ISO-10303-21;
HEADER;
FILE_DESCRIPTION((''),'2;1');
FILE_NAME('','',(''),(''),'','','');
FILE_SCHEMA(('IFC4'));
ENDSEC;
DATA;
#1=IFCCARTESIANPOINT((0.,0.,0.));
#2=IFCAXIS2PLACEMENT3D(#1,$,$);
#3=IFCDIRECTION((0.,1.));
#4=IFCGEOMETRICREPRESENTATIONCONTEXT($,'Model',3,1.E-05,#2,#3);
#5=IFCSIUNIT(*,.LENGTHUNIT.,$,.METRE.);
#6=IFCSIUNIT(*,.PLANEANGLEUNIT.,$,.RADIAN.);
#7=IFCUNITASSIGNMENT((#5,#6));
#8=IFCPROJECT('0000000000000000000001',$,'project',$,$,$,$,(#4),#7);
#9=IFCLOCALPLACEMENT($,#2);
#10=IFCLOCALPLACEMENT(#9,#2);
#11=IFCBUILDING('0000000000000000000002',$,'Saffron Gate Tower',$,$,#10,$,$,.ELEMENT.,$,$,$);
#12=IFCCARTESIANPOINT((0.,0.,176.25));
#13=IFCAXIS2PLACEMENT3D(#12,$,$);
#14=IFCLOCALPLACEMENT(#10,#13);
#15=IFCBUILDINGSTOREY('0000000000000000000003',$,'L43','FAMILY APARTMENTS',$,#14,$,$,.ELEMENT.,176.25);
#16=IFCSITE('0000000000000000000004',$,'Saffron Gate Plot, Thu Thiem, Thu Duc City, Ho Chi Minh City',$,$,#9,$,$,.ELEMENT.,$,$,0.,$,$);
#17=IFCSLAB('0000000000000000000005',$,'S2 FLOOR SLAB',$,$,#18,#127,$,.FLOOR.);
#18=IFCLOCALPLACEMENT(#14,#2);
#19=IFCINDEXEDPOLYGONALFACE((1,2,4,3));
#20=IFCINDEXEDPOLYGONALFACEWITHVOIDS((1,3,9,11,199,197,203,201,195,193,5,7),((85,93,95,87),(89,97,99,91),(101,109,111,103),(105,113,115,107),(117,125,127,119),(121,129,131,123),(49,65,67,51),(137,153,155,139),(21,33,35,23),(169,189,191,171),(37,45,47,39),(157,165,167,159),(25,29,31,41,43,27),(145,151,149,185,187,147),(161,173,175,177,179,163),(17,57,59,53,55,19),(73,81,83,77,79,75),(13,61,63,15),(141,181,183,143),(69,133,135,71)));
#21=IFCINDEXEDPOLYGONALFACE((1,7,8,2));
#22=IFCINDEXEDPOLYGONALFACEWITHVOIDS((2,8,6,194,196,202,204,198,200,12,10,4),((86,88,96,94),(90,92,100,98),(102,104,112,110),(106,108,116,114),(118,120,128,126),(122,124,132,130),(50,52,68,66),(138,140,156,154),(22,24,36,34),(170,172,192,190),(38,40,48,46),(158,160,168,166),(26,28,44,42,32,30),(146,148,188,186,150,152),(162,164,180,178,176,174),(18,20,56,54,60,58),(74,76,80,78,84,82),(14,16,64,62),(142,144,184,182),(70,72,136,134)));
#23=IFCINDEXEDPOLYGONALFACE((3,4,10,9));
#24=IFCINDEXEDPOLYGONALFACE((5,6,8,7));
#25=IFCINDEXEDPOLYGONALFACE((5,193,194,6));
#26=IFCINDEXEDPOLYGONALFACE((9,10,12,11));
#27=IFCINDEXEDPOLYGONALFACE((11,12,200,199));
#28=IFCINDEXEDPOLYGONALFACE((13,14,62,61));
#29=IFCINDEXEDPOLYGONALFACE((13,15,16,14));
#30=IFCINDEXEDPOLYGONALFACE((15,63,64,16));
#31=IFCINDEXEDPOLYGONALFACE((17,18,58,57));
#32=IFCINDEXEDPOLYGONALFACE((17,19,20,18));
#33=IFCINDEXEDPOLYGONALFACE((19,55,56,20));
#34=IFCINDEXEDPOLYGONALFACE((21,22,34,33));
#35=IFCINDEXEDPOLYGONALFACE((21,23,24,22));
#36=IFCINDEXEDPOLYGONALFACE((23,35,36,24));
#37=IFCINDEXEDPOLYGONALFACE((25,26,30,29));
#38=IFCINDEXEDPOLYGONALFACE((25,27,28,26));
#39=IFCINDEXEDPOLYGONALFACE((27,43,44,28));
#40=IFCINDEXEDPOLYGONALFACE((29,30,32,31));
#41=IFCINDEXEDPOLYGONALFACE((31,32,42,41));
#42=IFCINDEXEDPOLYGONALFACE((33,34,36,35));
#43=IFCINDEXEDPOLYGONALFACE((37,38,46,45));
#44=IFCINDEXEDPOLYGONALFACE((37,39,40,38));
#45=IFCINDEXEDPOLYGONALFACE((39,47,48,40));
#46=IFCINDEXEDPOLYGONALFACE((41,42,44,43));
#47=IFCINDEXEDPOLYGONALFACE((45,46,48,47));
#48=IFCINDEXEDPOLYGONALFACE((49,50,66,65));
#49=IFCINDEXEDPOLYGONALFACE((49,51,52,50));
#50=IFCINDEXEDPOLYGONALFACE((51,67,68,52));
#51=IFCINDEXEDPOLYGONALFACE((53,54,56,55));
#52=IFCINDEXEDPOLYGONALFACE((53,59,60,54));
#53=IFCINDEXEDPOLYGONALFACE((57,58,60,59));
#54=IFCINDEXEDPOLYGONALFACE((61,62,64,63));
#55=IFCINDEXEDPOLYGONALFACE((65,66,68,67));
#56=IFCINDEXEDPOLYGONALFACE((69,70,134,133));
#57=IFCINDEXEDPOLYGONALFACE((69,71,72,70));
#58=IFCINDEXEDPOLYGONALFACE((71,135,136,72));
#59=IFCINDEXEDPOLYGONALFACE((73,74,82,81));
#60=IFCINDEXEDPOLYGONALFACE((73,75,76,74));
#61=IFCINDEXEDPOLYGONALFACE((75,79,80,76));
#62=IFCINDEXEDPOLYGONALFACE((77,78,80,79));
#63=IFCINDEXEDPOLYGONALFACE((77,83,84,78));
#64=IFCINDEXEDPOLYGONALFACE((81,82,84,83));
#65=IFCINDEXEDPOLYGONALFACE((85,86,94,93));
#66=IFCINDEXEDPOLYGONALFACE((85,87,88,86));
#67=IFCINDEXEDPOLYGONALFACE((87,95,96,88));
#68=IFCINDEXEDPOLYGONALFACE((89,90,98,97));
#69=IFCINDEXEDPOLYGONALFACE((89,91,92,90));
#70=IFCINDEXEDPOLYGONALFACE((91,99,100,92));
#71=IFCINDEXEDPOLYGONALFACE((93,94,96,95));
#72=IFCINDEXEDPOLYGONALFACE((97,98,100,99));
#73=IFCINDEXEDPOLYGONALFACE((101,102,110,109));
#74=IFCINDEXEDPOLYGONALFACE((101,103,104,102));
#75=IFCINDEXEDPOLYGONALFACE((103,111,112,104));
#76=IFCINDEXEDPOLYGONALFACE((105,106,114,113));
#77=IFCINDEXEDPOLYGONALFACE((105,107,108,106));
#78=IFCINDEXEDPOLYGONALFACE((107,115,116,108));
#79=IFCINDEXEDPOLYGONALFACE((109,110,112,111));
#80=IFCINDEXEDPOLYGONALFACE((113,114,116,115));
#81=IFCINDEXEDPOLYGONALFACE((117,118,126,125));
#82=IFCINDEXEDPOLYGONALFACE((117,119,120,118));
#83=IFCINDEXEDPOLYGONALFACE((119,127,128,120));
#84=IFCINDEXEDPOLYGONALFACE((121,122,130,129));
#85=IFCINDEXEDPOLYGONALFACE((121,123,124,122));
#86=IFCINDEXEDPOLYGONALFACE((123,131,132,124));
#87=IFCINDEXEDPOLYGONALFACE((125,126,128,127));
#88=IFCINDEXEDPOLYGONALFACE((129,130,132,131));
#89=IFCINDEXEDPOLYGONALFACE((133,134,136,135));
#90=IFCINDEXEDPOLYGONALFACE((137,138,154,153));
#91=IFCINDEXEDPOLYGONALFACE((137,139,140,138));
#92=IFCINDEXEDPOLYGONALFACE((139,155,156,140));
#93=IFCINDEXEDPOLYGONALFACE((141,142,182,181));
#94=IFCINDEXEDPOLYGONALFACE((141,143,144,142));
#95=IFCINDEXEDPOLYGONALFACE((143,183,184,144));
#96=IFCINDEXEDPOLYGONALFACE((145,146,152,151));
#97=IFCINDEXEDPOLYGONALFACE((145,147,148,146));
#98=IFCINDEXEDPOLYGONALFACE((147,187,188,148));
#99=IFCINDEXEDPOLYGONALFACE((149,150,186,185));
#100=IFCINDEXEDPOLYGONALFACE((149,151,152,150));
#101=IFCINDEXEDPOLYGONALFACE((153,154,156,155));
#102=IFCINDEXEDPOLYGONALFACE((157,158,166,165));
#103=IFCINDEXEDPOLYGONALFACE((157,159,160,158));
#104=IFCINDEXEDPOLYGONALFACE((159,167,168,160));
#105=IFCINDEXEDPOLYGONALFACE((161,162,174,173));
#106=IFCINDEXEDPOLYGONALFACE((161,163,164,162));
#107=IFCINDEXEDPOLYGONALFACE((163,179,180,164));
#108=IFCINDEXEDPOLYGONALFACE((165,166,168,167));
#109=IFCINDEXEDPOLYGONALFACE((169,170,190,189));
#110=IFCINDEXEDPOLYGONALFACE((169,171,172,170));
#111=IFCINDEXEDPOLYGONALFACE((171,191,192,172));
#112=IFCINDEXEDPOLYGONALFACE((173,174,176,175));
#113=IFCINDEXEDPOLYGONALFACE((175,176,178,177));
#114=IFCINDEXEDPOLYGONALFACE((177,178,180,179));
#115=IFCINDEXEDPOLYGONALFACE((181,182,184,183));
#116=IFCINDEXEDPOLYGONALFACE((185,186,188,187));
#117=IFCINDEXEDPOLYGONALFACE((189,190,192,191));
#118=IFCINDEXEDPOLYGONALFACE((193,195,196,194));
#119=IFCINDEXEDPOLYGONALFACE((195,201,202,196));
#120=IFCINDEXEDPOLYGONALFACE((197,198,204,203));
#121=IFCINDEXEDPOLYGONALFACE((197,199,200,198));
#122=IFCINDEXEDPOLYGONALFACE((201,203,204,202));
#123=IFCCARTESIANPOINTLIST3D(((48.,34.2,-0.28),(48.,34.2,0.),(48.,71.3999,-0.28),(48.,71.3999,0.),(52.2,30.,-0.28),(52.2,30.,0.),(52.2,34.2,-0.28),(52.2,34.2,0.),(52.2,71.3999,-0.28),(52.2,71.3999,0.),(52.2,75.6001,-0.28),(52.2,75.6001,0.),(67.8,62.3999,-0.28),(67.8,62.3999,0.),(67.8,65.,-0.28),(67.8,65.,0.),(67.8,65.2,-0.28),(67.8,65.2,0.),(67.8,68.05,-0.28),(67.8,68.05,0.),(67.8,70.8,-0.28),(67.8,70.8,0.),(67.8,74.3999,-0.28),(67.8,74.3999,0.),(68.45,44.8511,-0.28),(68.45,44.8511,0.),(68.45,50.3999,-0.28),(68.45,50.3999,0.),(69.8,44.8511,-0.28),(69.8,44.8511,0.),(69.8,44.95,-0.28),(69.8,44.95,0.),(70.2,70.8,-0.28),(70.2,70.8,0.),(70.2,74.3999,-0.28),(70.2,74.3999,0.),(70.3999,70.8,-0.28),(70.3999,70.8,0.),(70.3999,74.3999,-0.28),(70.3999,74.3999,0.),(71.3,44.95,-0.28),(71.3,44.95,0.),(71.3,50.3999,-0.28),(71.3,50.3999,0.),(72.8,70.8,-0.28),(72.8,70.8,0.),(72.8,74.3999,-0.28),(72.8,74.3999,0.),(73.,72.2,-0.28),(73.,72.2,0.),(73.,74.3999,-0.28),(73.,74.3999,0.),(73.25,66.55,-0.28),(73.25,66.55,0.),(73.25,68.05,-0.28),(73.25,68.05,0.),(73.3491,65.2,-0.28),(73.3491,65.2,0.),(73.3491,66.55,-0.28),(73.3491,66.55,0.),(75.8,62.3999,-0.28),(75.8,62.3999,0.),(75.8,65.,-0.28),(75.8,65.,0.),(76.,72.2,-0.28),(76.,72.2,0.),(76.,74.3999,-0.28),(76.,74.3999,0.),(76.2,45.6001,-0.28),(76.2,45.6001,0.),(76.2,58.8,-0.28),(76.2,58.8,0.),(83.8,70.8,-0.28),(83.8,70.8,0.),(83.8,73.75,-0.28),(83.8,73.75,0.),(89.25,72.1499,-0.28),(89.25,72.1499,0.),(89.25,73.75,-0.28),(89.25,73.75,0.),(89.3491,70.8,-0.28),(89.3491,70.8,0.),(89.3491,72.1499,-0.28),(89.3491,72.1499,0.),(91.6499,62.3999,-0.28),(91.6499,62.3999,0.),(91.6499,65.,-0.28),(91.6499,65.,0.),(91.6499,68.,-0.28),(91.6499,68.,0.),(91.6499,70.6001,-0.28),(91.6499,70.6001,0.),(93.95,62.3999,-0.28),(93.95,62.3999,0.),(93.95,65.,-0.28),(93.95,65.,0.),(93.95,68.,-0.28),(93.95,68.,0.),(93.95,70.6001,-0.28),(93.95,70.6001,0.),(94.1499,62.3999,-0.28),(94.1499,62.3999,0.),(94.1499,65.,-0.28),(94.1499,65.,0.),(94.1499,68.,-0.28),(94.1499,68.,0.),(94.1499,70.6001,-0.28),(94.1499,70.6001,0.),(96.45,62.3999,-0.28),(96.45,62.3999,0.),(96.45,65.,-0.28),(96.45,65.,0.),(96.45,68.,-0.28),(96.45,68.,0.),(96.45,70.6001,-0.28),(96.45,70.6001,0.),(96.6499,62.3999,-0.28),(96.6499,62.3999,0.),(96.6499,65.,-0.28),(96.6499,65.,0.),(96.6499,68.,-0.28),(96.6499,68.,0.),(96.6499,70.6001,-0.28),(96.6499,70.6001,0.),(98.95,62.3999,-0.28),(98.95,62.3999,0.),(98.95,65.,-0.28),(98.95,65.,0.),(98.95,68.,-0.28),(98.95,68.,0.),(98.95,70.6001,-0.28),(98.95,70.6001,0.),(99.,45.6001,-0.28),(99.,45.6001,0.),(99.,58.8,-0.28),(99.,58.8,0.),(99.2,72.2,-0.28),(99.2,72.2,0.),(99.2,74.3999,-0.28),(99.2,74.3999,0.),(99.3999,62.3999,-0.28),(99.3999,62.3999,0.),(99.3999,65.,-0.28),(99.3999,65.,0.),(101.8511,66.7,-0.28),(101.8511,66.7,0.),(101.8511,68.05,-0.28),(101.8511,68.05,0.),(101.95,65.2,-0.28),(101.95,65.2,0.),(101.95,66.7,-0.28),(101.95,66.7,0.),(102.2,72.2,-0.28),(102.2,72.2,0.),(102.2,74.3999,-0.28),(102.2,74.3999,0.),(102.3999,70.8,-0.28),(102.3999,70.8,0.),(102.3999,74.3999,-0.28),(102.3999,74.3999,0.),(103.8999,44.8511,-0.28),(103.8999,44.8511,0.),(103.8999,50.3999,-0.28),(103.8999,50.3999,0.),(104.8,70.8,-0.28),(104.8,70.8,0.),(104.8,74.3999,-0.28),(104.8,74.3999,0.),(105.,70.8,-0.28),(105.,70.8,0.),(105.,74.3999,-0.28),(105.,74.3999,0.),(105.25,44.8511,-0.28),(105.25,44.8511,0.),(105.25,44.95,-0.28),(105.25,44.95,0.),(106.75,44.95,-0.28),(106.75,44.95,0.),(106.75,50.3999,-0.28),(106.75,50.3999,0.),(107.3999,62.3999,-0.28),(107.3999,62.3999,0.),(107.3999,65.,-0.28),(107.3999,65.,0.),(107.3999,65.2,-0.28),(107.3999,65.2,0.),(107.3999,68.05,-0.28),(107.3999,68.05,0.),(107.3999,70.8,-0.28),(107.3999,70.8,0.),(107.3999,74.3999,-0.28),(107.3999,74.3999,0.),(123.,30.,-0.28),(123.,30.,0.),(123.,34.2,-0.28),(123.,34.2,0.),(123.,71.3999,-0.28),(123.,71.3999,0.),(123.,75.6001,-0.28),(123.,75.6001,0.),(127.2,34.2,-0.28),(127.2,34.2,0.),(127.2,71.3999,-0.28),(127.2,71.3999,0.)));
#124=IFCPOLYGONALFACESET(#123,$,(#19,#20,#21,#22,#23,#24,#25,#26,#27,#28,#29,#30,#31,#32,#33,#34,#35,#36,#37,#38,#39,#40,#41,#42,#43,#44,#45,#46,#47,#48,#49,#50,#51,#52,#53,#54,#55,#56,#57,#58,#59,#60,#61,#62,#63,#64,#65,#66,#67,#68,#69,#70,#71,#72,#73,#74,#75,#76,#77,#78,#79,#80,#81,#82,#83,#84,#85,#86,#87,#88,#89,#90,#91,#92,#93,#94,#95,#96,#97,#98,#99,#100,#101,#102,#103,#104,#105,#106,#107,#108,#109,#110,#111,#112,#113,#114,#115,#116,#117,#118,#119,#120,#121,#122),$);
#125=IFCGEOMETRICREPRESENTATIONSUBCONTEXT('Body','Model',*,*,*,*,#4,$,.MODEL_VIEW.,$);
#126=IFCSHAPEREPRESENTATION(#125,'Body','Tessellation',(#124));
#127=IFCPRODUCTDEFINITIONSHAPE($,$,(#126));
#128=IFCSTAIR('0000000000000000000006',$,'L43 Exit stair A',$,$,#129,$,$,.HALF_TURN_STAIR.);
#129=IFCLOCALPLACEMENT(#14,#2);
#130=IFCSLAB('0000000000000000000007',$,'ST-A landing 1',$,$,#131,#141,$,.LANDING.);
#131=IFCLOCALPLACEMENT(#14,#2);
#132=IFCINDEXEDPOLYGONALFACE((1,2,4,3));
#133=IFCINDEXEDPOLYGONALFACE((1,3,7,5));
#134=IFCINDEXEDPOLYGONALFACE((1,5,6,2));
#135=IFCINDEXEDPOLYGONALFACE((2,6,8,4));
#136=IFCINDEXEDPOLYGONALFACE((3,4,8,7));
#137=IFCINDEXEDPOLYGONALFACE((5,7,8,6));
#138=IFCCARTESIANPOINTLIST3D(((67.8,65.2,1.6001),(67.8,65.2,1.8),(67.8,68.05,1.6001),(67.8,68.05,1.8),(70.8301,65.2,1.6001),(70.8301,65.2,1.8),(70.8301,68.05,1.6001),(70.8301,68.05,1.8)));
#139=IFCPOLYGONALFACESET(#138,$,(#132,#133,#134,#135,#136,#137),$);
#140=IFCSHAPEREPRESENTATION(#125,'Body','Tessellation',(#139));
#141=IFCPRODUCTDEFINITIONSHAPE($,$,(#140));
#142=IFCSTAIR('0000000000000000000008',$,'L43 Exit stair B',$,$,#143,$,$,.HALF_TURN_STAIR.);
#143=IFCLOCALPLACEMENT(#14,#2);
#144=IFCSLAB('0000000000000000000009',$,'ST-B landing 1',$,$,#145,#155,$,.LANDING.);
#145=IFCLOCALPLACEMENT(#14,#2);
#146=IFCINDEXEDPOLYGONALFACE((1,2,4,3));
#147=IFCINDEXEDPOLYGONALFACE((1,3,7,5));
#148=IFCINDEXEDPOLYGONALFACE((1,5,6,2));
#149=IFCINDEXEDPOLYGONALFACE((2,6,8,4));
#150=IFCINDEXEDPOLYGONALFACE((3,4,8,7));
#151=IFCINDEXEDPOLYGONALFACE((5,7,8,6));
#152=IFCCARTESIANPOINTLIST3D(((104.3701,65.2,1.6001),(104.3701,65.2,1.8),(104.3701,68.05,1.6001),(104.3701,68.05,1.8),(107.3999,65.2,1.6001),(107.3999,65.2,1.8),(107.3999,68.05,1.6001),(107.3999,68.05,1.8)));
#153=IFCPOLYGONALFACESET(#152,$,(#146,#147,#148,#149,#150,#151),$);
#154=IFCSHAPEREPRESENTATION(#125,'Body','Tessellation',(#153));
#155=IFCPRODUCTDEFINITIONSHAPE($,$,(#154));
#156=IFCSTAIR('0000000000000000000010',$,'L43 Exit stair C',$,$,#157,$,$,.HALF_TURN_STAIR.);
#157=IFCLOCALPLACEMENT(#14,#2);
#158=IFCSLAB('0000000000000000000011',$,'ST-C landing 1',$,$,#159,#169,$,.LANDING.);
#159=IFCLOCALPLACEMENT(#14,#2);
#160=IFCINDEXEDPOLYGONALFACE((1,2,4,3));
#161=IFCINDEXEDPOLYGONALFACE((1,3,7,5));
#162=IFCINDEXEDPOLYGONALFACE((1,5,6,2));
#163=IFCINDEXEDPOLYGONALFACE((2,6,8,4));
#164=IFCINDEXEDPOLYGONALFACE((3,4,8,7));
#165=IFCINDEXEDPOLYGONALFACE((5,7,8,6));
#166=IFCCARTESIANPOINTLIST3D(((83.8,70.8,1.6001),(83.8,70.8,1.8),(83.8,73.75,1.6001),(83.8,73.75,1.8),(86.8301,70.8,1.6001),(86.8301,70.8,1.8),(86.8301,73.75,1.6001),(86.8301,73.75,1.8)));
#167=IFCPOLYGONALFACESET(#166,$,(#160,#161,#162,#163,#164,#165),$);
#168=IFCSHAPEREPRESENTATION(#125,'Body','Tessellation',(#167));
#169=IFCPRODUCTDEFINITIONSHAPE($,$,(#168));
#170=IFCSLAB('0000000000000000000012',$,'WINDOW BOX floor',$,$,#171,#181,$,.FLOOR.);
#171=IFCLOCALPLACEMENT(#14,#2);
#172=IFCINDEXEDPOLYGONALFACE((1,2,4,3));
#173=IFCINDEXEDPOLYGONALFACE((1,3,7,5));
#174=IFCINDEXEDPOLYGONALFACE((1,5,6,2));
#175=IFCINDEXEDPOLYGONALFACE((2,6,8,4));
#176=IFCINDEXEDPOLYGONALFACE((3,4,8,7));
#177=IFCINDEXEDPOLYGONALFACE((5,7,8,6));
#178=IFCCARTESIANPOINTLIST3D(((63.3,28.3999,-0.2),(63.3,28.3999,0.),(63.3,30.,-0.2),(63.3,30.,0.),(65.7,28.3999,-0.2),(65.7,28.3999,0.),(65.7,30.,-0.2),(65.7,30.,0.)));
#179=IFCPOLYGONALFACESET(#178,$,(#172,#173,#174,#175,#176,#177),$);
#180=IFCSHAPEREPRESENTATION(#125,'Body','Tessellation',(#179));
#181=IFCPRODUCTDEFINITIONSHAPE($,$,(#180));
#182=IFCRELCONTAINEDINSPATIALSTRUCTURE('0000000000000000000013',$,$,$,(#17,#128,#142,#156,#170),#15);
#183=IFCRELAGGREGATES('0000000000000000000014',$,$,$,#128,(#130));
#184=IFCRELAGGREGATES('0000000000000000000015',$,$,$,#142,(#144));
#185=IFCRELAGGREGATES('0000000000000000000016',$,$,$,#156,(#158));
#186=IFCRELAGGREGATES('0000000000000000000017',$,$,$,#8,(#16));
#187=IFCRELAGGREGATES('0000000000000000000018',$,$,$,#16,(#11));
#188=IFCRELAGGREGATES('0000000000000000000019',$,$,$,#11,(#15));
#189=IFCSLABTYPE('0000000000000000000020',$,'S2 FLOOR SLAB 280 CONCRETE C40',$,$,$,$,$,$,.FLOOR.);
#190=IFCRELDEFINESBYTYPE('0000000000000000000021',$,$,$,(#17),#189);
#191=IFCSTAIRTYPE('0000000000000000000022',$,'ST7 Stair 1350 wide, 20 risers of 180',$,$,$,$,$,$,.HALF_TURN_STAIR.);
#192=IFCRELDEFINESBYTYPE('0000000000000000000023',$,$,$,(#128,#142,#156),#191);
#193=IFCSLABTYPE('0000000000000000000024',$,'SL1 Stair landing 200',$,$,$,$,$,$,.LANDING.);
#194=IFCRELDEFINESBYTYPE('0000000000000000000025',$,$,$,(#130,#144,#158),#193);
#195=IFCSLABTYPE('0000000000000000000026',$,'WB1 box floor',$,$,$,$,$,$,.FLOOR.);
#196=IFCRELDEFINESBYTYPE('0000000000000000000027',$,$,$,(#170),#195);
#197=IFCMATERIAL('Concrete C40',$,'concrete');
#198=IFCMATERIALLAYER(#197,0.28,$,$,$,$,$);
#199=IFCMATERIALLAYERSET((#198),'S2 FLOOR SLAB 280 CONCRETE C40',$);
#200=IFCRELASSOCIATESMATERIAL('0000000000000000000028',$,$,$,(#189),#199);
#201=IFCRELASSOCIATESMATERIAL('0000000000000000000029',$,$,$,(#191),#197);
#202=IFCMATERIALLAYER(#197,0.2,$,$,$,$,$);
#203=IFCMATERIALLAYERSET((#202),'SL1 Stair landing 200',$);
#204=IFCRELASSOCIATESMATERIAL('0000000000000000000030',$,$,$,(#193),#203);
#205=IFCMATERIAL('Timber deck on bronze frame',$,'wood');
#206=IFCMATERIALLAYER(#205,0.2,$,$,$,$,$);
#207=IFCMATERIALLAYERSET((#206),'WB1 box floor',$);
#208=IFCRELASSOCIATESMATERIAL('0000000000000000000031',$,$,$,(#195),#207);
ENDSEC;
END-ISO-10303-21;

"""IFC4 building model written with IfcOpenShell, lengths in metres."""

from ifc_helpers import new_model, si_unit, direction, frame, origin, place, context, subcontext, project, spatial, polyline, outline, extrude, material, layer, layer_set, type_object, element, aggregate, save


model = new_model("IFC4")

# Units and contexts
model_context = context("Model", 3, precision=1e-05, world=origin(), true_north=direction((0.0, 1.0)))
body_context = subcontext(model_context, "Body", "Model", "MODEL_VIEW")
ifc_project = project(units=[si_unit("LENGTHUNIT", "METRE"), si_unit("PLANEANGLEUNIT", "RADIAN")], contexts=[model_context])

# Site, building, storey
site_placement = place(None, origin())
site = spatial("IfcSite", under=ifc_project, at=site_placement, Name="Saffron Gate Plot, Thu Thiem, Thu Duc City, Ho Chi Minh City", CompositionType="ELEMENT", RefElevation=0.0)
building_placement = place(site_placement, origin())
building = spatial("IfcBuilding", under=site, at=building_placement, Name="Saffron Gate Tower", CompositionType="ELEMENT")
storey_placement = place(building_placement, frame((0.0, 0.0, 176.25)))
storey = spatial("IfcBuildingStorey", under=building, at=storey_placement, Name="L43", Description="FAMILY APARTMENTS", CompositionType="ELEMENT", Elevation=176.25)

# Slab
ifc_material_1 = material(Name="Concrete C40", Category="concrete")
ifc_layer_1 = layer(ifc_material_1, 0.28)
ifc_layer_set_1 = layer_set([ifc_layer_1], Name="S2 FLOOR SLAB 280 CONCRETE C40")
slab_type_1 = type_object("IfcSlabType", Name="S2 FLOOR SLAB 280 CONCRETE C40", PredefinedType="FLOOR", material=ifc_layer_set_1)
slab_1_placement = place(storey_placement, frame((0.0, 0.0, -0.28)))
element("IfcSlab", 1, at=slab_1_placement, inside=storey, type_object=slab_type_1, Name="S2 FLOOR SLAB", PredefinedType="FLOOR", context=body_context, shape_type="SweptSolid", body=[
    extrude(outline(polyline([(48.0, 34.2), (52.2, 34.2), (52.2, 30.0), (123.0, 30.0), (123.0, 34.2), (127.2, 34.2), (127.2, 71.3999), (123.0, 71.3999), (123.0, 75.6001), (52.2, 75.6001), (52.2, 71.3999), (48.0, 71.3999), (48.0, 34.2)]), holes=[polyline([(67.8, 62.3999), (67.8, 65.0), (75.8, 65.0), (75.8, 62.3999), (67.8, 62.3999)]), polyline([(67.8, 65.2), (67.8, 68.05), (73.25, 68.05), (73.25, 66.55), (73.3491, 66.55), (73.3491, 65.2), (67.8, 65.2)]), polyline([(67.8, 70.8), (67.8, 74.3999), (70.2, 74.3999), (70.2, 70.8), (67.8, 70.8)]), polyline([(68.45, 44.8511), (68.45, 50.3999), (71.3, 50.3999), (71.3, 44.95), (69.8, 44.95), (69.8, 44.8511), (68.45, 44.8511)]), polyline([(70.3999, 70.8), (70.3999, 74.3999), (72.8, 74.3999), (72.8, 70.8), (70.3999, 70.8)]), polyline([(73.0, 72.2), (73.0, 74.3999), (76.0, 74.3999), (76.0, 72.2), (73.0, 72.2)]), polyline([(76.2, 45.6001), (76.2, 58.8), (99.0, 58.8), (99.0, 45.6001), (76.2, 45.6001)]), polyline([(83.8, 70.8), (83.8, 73.75), (89.25, 73.75), (89.25, 72.1499), (89.3491, 72.1499), (89.3491, 70.8), (83.8, 70.8)]), polyline([(91.6499, 62.3999), (91.6499, 65.0), (93.95, 65.0), (93.95, 62.3999), (91.6499, 62.3999)]), polyline([(91.6499, 68.0), (91.6499, 70.6001), (93.95, 70.6001), (93.95, 68.0), (91.6499, 68.0)]), polyline([(94.1499, 62.3999), (94.1499, 65.0), (96.45, 65.0), (96.45, 62.3999), (94.1499, 62.3999)]), polyline([(94.1499, 68.0), (94.1499, 70.6001), (96.45, 70.6001), (96.45, 68.0), (94.1499, 68.0)]), polyline([(96.6499, 62.3999), (96.6499, 65.0), (98.95, 65.0), (98.95, 62.3999), (96.6499, 62.3999)]), polyline([(96.6499, 68.0), (96.6499, 70.6001), (98.95, 70.6001), (98.95, 68.0), (96.6499, 68.0)]), polyline([(99.2, 72.2), (99.2, 74.3999), (102.2, 74.3999), (102.2, 72.2), (99.2, 72.2)]), polyline([(99.3999, 62.3999), (99.3999, 65.0), (107.3999, 65.0), (107.3999, 62.3999), (99.3999, 62.3999)]), polyline([(101.8511, 66.7), (101.8511, 68.05), (107.3999, 68.05), (107.3999, 65.2), (101.95, 65.2), (101.95, 66.7), (101.8511, 66.7)]), polyline([(102.3999, 70.8), (102.3999, 74.3999), (104.8, 74.3999), (104.8, 70.8), (102.3999, 70.8)]), polyline([(103.8999, 44.8511), (103.8999, 50.3999), (106.75, 50.3999), (106.75, 44.95), (105.25, 44.95), (105.25, 44.8511), (103.8999, 44.8511)]), polyline([(105.0, 70.8), (105.0, 74.3999), (107.3999, 74.3999), (107.3999, 70.8), (105.0, 70.8)])]), origin(), (0.0, 0.0, 1.0), 0.28),
])

# Stairs, slabs
stair_type = type_object("IfcStairType", Name="ST7 Stair 1350 wide, 20 risers of 180", PredefinedType="HALF_TURN_STAIR", material=ifc_material_1)
stair_1_placement = place(storey_placement, origin())
stair_1 = element("IfcStair", 2, at=stair_1_placement, inside=storey, type_object=stair_type, Name="L43 Exit stair A", PredefinedType="HALF_TURN_STAIR")
ifc_layer_2 = layer(ifc_material_1, 0.2)
ifc_layer_set_2 = layer_set([ifc_layer_2], Name="SL1 Stair landing 200")
slab_type_2 = type_object("IfcSlabType", Name="SL1 Stair landing 200", PredefinedType="LANDING", material=ifc_layer_set_2)
slab_2_placement = place(storey_placement, frame((0.0, 0.0, 1.6001)))
slab_2 = element("IfcSlab", 3, at=slab_2_placement, type_object=slab_type_2, Name="ST-A landing 1", PredefinedType="LANDING", context=body_context, shape_type="SweptSolid", body=[
    extrude(outline(polyline([(70.8301, 68.05), (67.8, 68.05), (67.8, 65.2), (70.8301, 65.2), (70.8301, 68.05)])), origin(), (0.0, 0.0, 1.0), 0.2),
])
aggregate(stair_1, [slab_2])
stair_2_placement = place(storey_placement, origin())
stair_2 = element("IfcStair", 4, at=stair_2_placement, inside=storey, type_object=stair_type, Name="L43 Exit stair B", PredefinedType="HALF_TURN_STAIR")
slab_3_placement = place(storey_placement, frame((0.0, 0.0, 1.6001)))
slab_3 = element("IfcSlab", 5, at=slab_3_placement, type_object=slab_type_2, Name="ST-B landing 1", PredefinedType="LANDING", context=body_context, shape_type="SweptSolid", body=[
    extrude(outline(polyline([(104.3701, 65.2), (107.3999, 65.2), (107.3999, 68.05), (104.3701, 68.05), (104.3701, 65.2)])), origin(), (0.0, 0.0, 1.0), 0.2),
])
aggregate(stair_2, [slab_3])
stair_3_placement = place(storey_placement, origin())
stair_3 = element("IfcStair", 6, at=stair_3_placement, inside=storey, type_object=stair_type, Name="L43 Exit stair C", PredefinedType="HALF_TURN_STAIR")
slab_4_placement = place(storey_placement, frame((0.0, 0.0, 1.6001)))
slab_4 = element("IfcSlab", 7, at=slab_4_placement, type_object=slab_type_2, Name="ST-C landing 1", PredefinedType="LANDING", context=body_context, shape_type="SweptSolid", body=[
    extrude(outline(polyline([(86.8301, 73.75), (83.8, 73.75), (83.8, 70.8), (86.8301, 70.8), (86.8301, 73.75)])), origin(), (0.0, 0.0, 1.0), 0.2),
])
aggregate(stair_3, [slab_4])

# Slab
ifc_material_2 = material(Name="Timber deck on bronze frame", Category="wood")
ifc_layer_3 = layer(ifc_material_2, 0.2)
ifc_layer_set_3 = layer_set([ifc_layer_3], Name="WB1 box floor")
slab_type_3 = type_object("IfcSlabType", Name="WB1 box floor", PredefinedType="FLOOR", material=ifc_layer_set_3)
slab_5_placement = place(storey_placement, frame((0.0, 0.0, -0.2)))
element("IfcSlab", 8, at=slab_5_placement, inside=storey, type_object=slab_type_3, Name="WINDOW BOX floor", PredefinedType="FLOOR", context=body_context, shape_type="SweptSolid", body=[
    extrude(outline(polyline([(63.3, 30.0), (65.7, 30.0), (65.7, 28.3999), (63.3, 28.3999), (63.3, 30.0)])), origin(), (0.0, 0.0, 1.0), 0.2),
])

save(model, "model.ifc")
